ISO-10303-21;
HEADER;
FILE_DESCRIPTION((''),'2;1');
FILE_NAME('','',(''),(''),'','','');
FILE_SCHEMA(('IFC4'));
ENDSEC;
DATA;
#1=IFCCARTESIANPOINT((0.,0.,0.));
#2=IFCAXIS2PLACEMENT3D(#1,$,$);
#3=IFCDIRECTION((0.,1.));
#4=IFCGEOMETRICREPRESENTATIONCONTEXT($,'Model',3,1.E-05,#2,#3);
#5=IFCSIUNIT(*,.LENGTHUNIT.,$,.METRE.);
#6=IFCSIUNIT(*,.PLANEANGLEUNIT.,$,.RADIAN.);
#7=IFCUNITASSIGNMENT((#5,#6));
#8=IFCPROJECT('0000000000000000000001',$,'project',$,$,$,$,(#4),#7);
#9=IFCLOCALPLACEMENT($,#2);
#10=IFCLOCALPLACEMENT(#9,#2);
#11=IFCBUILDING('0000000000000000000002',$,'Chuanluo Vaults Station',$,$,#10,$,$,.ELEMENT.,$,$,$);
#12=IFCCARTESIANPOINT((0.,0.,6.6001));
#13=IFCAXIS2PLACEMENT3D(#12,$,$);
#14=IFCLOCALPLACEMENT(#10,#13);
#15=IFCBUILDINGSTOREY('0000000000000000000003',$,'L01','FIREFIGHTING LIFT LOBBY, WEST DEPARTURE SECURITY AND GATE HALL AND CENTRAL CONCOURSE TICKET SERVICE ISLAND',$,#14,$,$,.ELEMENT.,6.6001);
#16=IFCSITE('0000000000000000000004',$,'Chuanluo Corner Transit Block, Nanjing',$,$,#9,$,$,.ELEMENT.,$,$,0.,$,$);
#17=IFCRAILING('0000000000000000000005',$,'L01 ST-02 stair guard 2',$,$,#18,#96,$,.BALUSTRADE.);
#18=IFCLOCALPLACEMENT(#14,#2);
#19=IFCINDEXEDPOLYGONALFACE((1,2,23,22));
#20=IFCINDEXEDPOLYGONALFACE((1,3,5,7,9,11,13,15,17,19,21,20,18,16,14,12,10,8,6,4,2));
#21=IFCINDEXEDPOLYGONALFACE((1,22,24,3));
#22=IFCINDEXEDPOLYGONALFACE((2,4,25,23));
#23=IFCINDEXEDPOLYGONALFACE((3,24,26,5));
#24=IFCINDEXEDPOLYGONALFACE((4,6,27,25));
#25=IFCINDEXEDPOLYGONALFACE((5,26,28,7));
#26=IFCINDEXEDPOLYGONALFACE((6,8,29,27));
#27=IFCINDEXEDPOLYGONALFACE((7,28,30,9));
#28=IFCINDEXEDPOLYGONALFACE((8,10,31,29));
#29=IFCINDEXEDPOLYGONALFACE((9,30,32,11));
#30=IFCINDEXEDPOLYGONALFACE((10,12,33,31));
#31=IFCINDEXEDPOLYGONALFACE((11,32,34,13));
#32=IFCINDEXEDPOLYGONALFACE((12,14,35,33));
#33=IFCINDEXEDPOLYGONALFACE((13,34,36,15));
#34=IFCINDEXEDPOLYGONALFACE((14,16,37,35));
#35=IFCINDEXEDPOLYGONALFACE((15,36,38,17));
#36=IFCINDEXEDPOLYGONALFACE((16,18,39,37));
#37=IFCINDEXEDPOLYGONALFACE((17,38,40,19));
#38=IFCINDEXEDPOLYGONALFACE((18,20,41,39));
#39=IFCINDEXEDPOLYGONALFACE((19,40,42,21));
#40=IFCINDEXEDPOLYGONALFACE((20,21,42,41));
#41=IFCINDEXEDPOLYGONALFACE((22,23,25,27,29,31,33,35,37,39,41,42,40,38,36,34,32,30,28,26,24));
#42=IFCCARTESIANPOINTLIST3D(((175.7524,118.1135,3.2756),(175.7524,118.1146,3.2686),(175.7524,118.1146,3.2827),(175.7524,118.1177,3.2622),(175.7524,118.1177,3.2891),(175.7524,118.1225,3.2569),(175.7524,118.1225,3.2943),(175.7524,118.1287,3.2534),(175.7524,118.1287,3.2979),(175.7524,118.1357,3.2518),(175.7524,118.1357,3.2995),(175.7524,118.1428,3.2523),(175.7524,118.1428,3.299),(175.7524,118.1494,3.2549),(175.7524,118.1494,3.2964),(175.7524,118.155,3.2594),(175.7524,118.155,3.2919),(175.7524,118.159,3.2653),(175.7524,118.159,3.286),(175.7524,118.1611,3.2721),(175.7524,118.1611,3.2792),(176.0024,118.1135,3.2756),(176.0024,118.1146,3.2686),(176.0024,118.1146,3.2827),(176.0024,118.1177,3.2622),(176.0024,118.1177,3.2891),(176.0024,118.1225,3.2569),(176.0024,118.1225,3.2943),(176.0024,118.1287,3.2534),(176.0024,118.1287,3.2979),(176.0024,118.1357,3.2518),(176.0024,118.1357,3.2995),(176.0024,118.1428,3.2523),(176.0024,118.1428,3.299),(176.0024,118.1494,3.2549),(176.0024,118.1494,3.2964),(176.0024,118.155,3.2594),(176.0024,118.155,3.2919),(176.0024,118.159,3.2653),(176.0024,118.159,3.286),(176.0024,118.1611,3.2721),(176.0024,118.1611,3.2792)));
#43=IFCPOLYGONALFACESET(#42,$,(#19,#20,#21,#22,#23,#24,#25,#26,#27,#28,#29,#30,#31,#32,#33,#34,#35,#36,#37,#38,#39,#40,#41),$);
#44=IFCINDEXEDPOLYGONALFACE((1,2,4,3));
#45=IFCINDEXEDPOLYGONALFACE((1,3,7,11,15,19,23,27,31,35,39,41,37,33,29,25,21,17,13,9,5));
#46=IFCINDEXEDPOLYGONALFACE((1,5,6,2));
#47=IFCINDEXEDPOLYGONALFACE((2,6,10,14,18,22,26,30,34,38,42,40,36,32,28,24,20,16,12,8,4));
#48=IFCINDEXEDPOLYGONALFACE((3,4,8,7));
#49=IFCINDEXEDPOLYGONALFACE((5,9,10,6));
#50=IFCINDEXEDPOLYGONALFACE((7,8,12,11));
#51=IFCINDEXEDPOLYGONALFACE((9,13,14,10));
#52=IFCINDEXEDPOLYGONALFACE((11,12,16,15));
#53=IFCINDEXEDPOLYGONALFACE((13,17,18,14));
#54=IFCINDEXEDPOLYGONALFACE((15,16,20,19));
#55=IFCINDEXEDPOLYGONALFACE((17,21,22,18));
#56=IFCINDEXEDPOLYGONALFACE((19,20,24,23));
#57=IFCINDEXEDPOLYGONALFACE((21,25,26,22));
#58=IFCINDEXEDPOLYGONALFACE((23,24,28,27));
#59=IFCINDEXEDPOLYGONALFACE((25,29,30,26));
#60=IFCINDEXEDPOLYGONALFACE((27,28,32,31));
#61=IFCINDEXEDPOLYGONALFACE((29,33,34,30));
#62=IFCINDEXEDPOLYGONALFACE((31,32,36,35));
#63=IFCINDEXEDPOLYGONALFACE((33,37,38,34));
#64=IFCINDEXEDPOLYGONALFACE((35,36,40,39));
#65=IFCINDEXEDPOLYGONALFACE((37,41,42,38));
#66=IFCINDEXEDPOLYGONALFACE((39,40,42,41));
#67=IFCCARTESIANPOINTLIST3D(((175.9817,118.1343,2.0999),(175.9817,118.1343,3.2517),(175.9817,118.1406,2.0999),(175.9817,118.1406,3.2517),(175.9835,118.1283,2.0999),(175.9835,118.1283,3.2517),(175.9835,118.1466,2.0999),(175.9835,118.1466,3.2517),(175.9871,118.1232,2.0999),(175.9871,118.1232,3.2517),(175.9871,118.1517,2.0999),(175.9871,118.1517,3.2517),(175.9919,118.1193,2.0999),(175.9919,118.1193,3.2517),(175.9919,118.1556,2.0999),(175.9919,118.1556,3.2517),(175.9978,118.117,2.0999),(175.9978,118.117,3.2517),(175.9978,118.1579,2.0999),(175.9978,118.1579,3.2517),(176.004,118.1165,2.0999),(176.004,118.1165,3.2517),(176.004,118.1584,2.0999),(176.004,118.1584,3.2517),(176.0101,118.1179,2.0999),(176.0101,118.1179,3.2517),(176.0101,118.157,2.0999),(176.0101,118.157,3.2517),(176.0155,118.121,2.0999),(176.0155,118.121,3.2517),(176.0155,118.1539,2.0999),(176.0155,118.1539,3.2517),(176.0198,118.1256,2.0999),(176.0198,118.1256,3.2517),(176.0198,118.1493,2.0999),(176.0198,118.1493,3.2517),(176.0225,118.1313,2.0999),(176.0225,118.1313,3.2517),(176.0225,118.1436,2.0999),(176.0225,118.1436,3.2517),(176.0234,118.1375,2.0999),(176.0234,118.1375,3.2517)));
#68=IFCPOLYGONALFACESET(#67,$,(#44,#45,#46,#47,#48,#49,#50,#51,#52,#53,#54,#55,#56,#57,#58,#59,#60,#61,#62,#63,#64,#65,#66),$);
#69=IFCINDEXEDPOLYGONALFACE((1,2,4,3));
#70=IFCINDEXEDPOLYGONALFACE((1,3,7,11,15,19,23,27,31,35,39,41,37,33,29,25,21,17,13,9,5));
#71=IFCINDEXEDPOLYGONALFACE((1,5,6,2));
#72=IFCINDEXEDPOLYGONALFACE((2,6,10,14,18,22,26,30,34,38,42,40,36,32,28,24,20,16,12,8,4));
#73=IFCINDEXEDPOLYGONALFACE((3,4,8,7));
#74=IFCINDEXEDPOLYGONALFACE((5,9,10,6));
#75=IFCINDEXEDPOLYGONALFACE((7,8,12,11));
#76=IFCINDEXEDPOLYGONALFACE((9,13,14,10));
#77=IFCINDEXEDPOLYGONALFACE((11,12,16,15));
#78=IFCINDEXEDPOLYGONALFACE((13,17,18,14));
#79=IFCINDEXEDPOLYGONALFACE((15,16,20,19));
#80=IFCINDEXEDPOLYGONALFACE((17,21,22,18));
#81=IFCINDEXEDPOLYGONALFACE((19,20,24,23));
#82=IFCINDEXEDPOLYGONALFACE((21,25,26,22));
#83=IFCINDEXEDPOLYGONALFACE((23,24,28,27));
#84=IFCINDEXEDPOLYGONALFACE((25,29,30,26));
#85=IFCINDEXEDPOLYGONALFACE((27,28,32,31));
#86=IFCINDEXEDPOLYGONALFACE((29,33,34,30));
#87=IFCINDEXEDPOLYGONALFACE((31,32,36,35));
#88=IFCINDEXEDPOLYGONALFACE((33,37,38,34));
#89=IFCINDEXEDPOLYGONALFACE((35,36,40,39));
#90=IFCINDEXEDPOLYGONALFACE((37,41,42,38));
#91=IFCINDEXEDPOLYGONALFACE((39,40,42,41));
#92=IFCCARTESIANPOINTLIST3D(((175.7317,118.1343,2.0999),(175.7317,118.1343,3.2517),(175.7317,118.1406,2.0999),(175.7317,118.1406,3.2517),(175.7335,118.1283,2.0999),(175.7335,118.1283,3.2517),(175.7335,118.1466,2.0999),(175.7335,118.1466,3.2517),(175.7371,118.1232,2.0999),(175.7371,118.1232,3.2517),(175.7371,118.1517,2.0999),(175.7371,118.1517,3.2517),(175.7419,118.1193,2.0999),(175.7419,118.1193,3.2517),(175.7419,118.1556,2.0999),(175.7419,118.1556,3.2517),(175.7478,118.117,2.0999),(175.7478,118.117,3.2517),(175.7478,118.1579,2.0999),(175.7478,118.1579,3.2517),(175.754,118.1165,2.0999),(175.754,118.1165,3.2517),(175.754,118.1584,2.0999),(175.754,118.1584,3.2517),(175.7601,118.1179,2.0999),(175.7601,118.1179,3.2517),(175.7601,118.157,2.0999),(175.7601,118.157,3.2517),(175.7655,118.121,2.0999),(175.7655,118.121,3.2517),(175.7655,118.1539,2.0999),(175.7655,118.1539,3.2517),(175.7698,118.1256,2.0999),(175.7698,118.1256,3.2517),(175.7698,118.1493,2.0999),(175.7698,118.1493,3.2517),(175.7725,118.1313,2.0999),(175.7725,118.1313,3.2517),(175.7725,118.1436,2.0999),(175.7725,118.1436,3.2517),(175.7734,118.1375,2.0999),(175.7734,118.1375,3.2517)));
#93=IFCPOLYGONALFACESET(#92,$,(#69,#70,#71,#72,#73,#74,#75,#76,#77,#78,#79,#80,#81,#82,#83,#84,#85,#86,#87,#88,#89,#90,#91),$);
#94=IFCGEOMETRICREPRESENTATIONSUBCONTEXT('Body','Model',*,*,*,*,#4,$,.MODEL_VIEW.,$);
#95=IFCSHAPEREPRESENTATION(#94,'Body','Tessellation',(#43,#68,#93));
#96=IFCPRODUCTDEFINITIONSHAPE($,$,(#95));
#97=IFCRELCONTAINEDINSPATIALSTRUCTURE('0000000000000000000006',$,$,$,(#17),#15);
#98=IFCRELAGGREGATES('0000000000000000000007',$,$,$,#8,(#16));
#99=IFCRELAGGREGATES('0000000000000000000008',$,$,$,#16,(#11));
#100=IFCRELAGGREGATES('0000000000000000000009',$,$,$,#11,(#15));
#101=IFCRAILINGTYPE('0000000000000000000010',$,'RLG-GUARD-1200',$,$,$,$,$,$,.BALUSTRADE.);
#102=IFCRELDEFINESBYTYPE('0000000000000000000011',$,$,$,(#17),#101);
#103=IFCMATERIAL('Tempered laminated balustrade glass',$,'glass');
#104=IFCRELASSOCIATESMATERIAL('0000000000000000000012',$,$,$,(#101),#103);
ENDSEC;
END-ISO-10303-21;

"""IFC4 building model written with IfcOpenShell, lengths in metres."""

from ifc_helpers import new_model, si_unit, direction, frame, origin, origin_2d, place, context, subcontext, project, spatial, circle, extrude, material, type_object, element, save


model = new_model("IFC4")

# Units and contexts
model_context = context("Model", 3, precision=1e-05, world=origin(), true_north=direction((0.0, 1.0)))
body_context = subcontext(model_context, "Body", "Model", "MODEL_VIEW")
ifc_project = project(units=[si_unit("LENGTHUNIT", "METRE"), si_unit("PLANEANGLEUNIT", "RADIAN")], contexts=[model_context])

# Site, building, storey
site_placement = place(None, origin())
site = spatial("IfcSite", under=ifc_project, at=site_placement, Name="Chuanluo Corner Transit Block, Nanjing", CompositionType="ELEMENT", RefElevation=0.0)
building_placement = place(site_placement, origin())
building = spatial("IfcBuilding", under=site, at=building_placement, Name="Chuanluo Vaults Station", CompositionType="ELEMENT")
storey_placement = place(building_placement, frame((0.0, 0.0, 6.6001)))
storey = spatial("IfcBuildingStorey", under=building, at=storey_placement, Name="L01", Description="FIREFIGHTING LIFT LOBBY, WEST DEPARTURE SECURITY AND GATE HALL AND CENTRAL CONCOURSE TICKET SERVICE ISLAND", CompositionType="ELEMENT", Elevation=6.6001)

# Railing
ifc_material_1 = material(Name="Tempered laminated balustrade glass", Category="glass")
railing_type_1 = type_object("IfcRailingType", Name="RLG-GUARD-1200", PredefinedType="BALUSTRADE", material=ifc_material_1)
railing_1_placement = place(storey_placement, frame((176.0024, 118.1375, 2.0999)))
element("IfcRailing", 1, at=railing_1_placement, inside=storey, type_object=railing_type_1, Name="L01 ST-02 stair guard 2", PredefinedType="BALUSTRADE", context=body_context, shape_type="SweptSolid", body=[
    extrude(circle(Radius=0.0239, at=origin_2d()), frame((0.0, 0.0, 1.1758), z_axis=(-1.0, 0.0, 0.0), x_axis=(0.0, -1.0, 0.0)), (0.0, 0.0, 1.0), 0.25),
    extrude(circle(Radius=0.021, at=origin_2d()), origin(), (0.0, 0.0, 1.0), 1.1519),
    extrude(circle(Radius=0.021, at=origin_2d()), frame((-0.25, 0.0, 0.0)), (0.0, 0.0, 1.0), 1.1519),
])

save(model, "model.ifc")
